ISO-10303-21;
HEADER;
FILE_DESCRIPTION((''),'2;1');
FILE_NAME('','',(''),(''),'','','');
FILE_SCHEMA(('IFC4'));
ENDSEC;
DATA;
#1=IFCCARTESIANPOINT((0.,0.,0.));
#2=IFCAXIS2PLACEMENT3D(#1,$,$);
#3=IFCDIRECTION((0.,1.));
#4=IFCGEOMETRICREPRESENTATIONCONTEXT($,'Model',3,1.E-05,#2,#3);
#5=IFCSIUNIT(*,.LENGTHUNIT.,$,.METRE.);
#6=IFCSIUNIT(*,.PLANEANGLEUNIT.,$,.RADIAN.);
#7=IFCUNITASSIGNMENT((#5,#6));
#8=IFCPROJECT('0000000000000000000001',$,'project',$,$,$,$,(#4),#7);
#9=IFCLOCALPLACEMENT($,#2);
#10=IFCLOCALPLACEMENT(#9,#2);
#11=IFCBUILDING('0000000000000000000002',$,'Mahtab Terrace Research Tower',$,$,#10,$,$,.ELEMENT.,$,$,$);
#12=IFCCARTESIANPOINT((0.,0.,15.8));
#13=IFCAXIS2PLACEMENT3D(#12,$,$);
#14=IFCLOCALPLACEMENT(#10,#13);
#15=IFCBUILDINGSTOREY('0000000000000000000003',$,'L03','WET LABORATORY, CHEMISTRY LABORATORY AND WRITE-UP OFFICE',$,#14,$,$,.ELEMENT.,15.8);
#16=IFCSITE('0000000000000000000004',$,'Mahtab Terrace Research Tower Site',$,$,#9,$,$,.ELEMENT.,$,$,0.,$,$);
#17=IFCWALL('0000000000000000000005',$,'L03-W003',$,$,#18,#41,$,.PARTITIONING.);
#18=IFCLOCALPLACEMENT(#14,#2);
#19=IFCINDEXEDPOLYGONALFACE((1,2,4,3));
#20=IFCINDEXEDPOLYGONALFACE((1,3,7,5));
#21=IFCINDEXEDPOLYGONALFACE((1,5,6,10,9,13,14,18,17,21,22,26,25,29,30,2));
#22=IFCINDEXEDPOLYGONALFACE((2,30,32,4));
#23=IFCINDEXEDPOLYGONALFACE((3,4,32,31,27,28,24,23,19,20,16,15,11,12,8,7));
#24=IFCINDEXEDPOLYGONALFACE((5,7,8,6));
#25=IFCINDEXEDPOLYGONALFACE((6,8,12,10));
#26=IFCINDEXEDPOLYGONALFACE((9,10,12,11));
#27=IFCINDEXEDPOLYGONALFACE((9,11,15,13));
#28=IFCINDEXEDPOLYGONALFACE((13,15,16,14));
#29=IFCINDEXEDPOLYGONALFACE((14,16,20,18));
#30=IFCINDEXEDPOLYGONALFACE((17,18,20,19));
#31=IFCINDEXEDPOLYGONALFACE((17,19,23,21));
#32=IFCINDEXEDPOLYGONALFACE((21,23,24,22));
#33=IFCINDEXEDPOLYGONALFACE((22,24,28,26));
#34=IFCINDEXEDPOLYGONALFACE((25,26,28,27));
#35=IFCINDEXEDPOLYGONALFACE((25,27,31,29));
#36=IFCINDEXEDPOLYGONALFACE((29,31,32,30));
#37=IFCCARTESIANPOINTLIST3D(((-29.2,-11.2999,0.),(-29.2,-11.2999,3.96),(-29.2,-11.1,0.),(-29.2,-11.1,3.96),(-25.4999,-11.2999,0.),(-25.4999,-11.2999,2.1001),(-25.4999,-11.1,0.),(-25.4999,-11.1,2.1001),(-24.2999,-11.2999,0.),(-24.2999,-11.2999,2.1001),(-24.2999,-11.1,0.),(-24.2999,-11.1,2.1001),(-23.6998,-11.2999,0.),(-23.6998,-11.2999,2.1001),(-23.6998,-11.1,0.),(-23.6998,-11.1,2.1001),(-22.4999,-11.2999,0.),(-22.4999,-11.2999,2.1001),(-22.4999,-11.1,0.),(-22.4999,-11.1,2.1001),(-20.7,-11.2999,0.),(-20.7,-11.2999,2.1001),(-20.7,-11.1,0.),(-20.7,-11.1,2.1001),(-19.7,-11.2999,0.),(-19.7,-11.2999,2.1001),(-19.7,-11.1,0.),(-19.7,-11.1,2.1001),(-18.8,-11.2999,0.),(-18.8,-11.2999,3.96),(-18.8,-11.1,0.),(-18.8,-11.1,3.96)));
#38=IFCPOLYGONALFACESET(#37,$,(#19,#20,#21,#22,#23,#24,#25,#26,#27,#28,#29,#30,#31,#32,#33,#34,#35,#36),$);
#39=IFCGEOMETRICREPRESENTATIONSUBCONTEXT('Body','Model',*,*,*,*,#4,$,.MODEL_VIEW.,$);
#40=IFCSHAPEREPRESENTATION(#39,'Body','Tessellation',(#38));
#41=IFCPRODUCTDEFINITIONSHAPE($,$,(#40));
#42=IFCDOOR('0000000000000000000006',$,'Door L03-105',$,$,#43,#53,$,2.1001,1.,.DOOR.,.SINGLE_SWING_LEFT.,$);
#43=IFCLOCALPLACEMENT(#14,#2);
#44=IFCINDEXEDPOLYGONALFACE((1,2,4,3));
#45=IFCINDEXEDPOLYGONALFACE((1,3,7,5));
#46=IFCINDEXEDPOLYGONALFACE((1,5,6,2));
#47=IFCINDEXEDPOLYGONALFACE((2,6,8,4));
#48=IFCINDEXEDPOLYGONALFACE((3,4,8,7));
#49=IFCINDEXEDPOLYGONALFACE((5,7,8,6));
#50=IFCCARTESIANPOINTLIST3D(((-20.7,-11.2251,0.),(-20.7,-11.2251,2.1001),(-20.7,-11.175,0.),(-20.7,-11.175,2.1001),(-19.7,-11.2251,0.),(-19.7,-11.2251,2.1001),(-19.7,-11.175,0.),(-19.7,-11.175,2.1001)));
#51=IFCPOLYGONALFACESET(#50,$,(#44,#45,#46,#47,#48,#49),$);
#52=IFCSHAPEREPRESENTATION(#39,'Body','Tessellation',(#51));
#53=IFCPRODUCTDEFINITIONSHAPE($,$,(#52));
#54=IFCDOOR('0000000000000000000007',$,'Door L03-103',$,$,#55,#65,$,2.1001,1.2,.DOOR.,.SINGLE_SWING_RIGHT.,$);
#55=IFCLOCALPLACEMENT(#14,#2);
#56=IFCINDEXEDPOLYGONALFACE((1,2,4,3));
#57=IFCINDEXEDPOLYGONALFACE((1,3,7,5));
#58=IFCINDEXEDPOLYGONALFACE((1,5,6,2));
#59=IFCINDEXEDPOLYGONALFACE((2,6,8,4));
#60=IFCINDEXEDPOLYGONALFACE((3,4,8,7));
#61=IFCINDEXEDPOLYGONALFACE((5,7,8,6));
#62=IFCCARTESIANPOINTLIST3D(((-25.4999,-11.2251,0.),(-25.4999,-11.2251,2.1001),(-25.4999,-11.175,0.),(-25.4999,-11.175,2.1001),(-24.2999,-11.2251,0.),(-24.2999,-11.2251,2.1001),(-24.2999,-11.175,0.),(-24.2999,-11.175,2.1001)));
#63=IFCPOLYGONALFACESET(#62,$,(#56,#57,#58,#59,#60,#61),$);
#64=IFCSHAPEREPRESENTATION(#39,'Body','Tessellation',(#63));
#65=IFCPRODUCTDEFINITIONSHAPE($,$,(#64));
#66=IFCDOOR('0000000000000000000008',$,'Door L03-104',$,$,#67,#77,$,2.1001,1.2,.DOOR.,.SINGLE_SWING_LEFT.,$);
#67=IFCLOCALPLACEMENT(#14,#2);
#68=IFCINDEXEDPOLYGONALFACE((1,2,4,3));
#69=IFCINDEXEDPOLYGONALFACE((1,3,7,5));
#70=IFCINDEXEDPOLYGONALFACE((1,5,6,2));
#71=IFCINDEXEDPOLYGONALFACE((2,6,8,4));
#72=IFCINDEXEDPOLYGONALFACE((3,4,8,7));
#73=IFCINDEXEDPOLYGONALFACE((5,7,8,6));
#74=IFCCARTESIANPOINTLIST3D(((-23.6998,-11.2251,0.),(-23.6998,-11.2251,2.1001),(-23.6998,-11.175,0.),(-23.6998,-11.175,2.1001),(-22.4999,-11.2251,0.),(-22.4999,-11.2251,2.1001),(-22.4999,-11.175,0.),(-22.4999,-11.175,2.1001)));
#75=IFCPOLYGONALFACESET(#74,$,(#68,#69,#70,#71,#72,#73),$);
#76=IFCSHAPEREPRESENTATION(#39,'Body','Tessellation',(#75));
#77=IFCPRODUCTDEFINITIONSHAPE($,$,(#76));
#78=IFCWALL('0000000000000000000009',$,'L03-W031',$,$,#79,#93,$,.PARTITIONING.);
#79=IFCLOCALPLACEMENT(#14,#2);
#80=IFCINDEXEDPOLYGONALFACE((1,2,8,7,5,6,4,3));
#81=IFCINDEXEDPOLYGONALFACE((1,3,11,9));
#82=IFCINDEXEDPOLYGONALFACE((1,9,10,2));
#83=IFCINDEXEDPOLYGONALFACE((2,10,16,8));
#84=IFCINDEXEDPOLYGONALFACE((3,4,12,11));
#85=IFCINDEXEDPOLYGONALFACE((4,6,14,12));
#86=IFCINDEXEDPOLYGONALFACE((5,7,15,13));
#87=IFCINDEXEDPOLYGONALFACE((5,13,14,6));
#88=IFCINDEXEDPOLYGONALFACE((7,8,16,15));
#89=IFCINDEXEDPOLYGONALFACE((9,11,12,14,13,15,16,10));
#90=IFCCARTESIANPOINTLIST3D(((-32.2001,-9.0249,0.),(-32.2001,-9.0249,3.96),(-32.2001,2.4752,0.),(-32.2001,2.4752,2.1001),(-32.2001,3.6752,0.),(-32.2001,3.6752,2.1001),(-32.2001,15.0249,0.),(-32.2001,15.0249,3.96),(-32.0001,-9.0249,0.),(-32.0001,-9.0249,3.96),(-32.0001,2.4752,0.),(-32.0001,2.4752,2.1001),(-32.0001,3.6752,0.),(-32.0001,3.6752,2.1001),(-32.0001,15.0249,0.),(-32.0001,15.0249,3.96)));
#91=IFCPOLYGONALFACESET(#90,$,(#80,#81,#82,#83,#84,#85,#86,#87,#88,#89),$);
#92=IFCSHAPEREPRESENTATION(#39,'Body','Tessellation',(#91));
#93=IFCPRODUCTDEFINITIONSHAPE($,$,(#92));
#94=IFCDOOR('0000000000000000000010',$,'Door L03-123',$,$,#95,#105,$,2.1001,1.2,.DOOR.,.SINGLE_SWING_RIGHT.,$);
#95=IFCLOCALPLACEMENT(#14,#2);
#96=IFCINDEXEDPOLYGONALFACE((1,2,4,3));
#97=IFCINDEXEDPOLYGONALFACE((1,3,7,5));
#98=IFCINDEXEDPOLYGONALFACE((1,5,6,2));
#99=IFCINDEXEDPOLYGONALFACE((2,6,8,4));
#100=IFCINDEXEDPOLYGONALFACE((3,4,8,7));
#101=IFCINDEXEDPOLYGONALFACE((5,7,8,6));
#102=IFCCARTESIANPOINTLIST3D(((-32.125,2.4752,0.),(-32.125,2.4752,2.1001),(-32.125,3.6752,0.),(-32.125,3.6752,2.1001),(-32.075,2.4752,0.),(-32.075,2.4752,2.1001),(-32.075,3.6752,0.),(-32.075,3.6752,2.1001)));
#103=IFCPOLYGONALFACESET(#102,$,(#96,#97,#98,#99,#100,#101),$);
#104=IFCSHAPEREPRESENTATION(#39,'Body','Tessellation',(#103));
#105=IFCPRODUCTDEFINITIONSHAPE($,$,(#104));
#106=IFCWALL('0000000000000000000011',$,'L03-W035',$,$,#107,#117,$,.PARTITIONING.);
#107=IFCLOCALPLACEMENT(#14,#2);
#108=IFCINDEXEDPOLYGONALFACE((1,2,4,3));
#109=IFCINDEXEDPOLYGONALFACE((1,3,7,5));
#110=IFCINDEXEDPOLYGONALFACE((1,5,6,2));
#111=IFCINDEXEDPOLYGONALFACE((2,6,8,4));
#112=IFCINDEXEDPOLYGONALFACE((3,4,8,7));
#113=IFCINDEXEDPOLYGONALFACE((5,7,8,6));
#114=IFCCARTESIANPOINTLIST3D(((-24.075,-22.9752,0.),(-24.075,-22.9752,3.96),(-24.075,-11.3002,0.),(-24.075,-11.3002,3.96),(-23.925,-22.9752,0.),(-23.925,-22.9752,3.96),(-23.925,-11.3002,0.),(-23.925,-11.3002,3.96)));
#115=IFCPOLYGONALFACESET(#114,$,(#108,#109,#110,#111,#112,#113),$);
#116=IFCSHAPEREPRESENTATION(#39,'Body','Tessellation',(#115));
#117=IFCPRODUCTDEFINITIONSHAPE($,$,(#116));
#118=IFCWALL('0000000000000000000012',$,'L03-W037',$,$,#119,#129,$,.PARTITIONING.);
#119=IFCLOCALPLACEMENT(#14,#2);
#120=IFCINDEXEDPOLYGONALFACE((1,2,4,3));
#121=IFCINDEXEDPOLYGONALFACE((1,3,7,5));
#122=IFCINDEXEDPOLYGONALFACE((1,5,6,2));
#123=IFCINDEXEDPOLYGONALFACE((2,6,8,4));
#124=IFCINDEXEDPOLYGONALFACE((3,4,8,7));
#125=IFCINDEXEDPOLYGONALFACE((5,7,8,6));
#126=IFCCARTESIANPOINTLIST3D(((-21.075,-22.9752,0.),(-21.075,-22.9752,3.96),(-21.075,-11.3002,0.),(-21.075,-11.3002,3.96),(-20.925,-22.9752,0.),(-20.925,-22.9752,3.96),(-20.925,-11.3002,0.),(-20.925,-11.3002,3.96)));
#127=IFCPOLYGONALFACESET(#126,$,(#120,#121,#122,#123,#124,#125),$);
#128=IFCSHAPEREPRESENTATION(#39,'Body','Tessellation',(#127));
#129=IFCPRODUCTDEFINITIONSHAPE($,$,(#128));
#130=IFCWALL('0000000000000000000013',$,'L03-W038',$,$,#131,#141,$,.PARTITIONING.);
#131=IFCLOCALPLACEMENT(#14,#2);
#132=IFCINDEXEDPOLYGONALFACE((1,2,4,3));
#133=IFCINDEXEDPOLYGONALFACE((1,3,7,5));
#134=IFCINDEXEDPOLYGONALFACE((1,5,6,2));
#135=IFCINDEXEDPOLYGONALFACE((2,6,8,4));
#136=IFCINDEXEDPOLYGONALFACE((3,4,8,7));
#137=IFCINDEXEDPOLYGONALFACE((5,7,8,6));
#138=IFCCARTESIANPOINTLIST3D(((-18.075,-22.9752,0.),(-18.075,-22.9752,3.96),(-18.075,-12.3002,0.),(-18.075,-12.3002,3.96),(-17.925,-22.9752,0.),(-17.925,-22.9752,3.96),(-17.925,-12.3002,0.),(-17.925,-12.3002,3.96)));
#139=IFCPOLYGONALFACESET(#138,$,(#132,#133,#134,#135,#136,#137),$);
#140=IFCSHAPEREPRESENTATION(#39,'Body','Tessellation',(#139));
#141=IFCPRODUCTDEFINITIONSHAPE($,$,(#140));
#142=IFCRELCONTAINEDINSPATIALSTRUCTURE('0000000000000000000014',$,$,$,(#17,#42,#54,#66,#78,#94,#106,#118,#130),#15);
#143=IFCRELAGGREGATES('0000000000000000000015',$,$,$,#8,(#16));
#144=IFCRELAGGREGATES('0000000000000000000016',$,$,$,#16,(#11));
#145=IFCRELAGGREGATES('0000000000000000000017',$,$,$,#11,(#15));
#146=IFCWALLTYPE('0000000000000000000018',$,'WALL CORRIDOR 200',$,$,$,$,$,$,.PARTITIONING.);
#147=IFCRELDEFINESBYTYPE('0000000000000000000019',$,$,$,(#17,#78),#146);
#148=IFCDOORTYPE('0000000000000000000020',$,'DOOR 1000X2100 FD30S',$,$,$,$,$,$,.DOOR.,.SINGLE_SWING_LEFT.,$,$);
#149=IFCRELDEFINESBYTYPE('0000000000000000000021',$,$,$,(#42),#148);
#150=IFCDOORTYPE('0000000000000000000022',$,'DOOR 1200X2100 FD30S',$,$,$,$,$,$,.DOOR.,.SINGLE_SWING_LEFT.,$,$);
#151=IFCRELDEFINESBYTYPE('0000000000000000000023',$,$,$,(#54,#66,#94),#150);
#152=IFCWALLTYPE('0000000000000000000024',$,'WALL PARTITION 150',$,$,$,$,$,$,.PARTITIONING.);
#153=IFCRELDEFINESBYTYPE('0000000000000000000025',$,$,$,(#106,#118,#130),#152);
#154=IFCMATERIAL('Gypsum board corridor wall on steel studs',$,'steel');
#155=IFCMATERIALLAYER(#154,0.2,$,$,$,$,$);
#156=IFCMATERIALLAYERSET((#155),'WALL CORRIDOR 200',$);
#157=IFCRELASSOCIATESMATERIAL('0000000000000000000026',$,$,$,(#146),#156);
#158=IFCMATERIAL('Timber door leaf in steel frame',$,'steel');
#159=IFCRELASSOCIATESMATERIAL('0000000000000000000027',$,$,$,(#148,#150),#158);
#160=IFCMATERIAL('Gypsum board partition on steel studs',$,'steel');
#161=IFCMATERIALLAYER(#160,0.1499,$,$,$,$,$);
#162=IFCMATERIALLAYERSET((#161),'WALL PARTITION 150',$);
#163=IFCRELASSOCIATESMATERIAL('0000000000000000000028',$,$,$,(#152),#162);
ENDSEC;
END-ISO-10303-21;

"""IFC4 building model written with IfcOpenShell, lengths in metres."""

from ifc_helpers import new_model, si_unit, direction, frame, frame_2d, origin, place, context, subcontext, project, spatial, rectangle, extrude, material, layer, layer_set, type_object, element, fill, save


model = new_model("IFC4")

# Units and contexts
model_context = context("Model", 3, precision=1e-05, world=origin(), true_north=direction((0.0, 1.0)))
body_context = subcontext(model_context, "Body", "Model", "MODEL_VIEW")
ifc_project = project(units=[si_unit("LENGTHUNIT", "METRE"), si_unit("PLANEANGLEUNIT", "RADIAN")], contexts=[model_context])

# Site, building, storey
site_placement = place(None, origin())
site = spatial("IfcSite", under=ifc_project, at=site_placement, Name="Mahtab Terrace Research Tower Site", CompositionType="ELEMENT", RefElevation=0.0)
building_placement = place(site_placement, origin())
building = spatial("IfcBuilding", under=site, at=building_placement, Name="Mahtab Terrace Research Tower", CompositionType="ELEMENT")
storey_placement = place(building_placement, frame((0.0, 0.0, 15.8)))
storey = spatial("IfcBuildingStorey", under=building, at=storey_placement, Name="L03", Description="WET LABORATORY, CHEMISTRY LABORATORY AND WRITE-UP OFFICE", CompositionType="ELEMENT", Elevation=15.8)

# Wall, openings, doors
ifc_material_1 = material(Name="Gypsum board corridor wall on steel studs", Category="steel")
ifc_layer_1 = layer(ifc_material_1, 0.2)
ifc_layer_set_1 = layer_set([ifc_layer_1], Name="WALL CORRIDOR 200")
wall_type_1 = type_object("IfcWallType", Name="WALL CORRIDOR 200", PredefinedType="PARTITIONING", material=ifc_layer_set_1)
wall_1_placement = place(storey_placement, frame((-29.2, -11.2, 0.0), z_axis=(0.0, 0.0, 1.0), x_axis=(1.0, 0.0, 0.0)))
wall_1 = element("IfcWall", 1, at=wall_1_placement, inside=storey, type_object=wall_type_1, Name="L03-W003", PredefinedType="PARTITIONING", context=body_context, shape_type="SweptSolid", body=[
    extrude(rectangle(XDim=10.3999, YDim=0.2, at=frame_2d((5.2, 0.0))), origin(), (0.0, 0.0, 1.0), 3.96),
])
opening_1_placement = place(wall_1_placement, frame((3.7, 0.0, 0.0)))
opening_1 = element("IfcOpeningElement", 2, at=opening_1_placement, cuts=wall_1, PredefinedType="OPENING", context=body_context, shape_type="SweptSolid", body=[
    extrude(rectangle(XDim=1.2, YDim=2.1001, at=frame_2d((0.6001, 1.05))), frame((0.0, 0.1099, 0.0), z_axis=(0.0, -1.0, 0.0), x_axis=(1.0, 0.0, 0.0)), (0.0, 0.0, 1.0), 0.22),
])
opening_2_placement = place(wall_1_placement, frame((5.5, 0.0, 0.0)))
opening_2 = element("IfcOpeningElement", 3, at=opening_2_placement, cuts=wall_1, PredefinedType="OPENING", context=body_context, shape_type="SweptSolid", body=[
    extrude(rectangle(XDim=1.2, YDim=2.1001, at=frame_2d((0.6001, 1.05))), frame((0.0, 0.1099, 0.0), z_axis=(0.0, -1.0, 0.0), x_axis=(1.0, 0.0, 0.0)), (0.0, 0.0, 1.0), 0.22),
])
opening_3_placement = place(wall_1_placement, frame((8.5, 0.0, 0.0)))
opening_3 = element("IfcOpeningElement", 4, at=opening_3_placement, cuts=wall_1, PredefinedType="OPENING", context=body_context, shape_type="SweptSolid", body=[
    extrude(rectangle(XDim=1.0, YDim=2.1001, at=frame_2d((0.5, 1.05))), frame((0.0, 0.1099, 0.0), z_axis=(0.0, -1.0, 0.0), x_axis=(1.0, 0.0, 0.0)), (0.0, 0.0, 1.0), 0.22),
])
ifc_material_2 = material(Name="Timber door leaf in steel frame", Category="steel")
door_type_1 = type_object("IfcDoorType", Name="DOOR 1000X2100 FD30S", OperationType="SINGLE_SWING_LEFT", PredefinedType="DOOR", material=ifc_material_2)
door_1_placement = place(opening_3_placement, origin())
door_1 = element("IfcDoor", 5, at=door_1_placement, inside=storey, type_object=door_type_1, Name="Door L03-105", OperationType="SINGLE_SWING_LEFT", OverallHeight=2.1001, OverallWidth=1.0, PredefinedType="DOOR", context=body_context, shape_type="SweptSolid", body=[
    extrude(rectangle(XDim=1.0, YDim=2.1001, at=frame_2d((0.5, 1.05))), frame((0.0, 0.0249, 0.0), z_axis=(0.0, -1.0, 0.0), x_axis=(1.0, 0.0, 0.0)), (0.0, 0.0, 1.0), 0.05),
])
fill(opening_3, door_1)
door_type_2 = type_object("IfcDoorType", Name="DOOR 1200X2100 FD30S", OperationType="SINGLE_SWING_LEFT", PredefinedType="DOOR", material=ifc_material_2)
door_2_placement = place(opening_1_placement, origin())
door_2 = element("IfcDoor", 6, at=door_2_placement, inside=storey, type_object=door_type_2, Name="Door L03-103", OperationType="SINGLE_SWING_RIGHT", OverallHeight=2.1001, OverallWidth=1.2, PredefinedType="DOOR", context=body_context, shape_type="SweptSolid", body=[
    extrude(rectangle(XDim=1.2, YDim=2.1001, at=frame_2d((0.6001, 1.05))), frame((0.0, 0.0249, 0.0), z_axis=(0.0, -1.0, 0.0), x_axis=(1.0, 0.0, 0.0)), (0.0, 0.0, 1.0), 0.05),
])
fill(opening_1, door_2)
door_3_placement = place(opening_2_placement, origin())
door_3 = element("IfcDoor", 7, at=door_3_placement, inside=storey, type_object=door_type_2, Name="Door L03-104", OperationType="SINGLE_SWING_LEFT", OverallHeight=2.1001, OverallWidth=1.2, PredefinedType="DOOR", context=body_context, shape_type="SweptSolid", body=[
    extrude(rectangle(XDim=1.2, YDim=2.1001, at=frame_2d((0.6001, 1.05))), frame((0.0, 0.0249, 0.0), z_axis=(0.0, -1.0, 0.0), x_axis=(1.0, 0.0, 0.0)), (0.0, 0.0, 1.0), 0.05),
])
fill(opening_2, door_3)

# Wall, opening, door
wall_2_placement = place(storey_placement, frame((-32.1001, -9.0249, 0.0), z_axis=(0.0, 0.0, 1.0), x_axis=(0.0, 1.0, 0.0)))
wall_2 = element("IfcWall", 8, at=wall_2_placement, inside=storey, type_object=wall_type_1, Name="L03-W031", PredefinedType="PARTITIONING", context=body_context, shape_type="SweptSolid", body=[
    extrude(rectangle(XDim=24.0498, YDim=0.2, at=frame_2d((12.0249, 0.0))), origin(), (0.0, 0.0, 1.0), 3.96),
])
opening_4_placement = place(wall_2_placement, frame((11.5, 0.0, 0.0)))
opening_4 = element("IfcOpeningElement", 9, at=opening_4_placement, cuts=wall_2, PredefinedType="OPENING", context=body_context, shape_type="SweptSolid", body=[
    extrude(rectangle(XDim=1.2, YDim=2.1001, at=frame_2d((0.6001, 1.05))), frame((0.0, 0.1099, 0.0), z_axis=(0.0, -1.0, 0.0), x_axis=(1.0, 0.0, 0.0)), (0.0, 0.0, 1.0), 0.22),
])
door_4_placement = place(opening_4_placement, origin())
door_4 = element("IfcDoor", 10, at=door_4_placement, inside=storey, type_object=door_type_2, Name="Door L03-123", OperationType="SINGLE_SWING_RIGHT", OverallHeight=2.1001, OverallWidth=1.2, PredefinedType="DOOR", context=body_context, shape_type="SweptSolid", body=[
    extrude(rectangle(XDim=1.2, YDim=2.1001, at=frame_2d((0.6001, 1.05))), frame((0.0, 0.0249, 0.0), z_axis=(0.0, -1.0, 0.0), x_axis=(1.0, 0.0, 0.0)), (0.0, 0.0, 1.0), 0.05),
])
fill(opening_4, door_4)

# Walls
ifc_material_3 = material(Name="Gypsum board partition on steel studs", Category="steel")
ifc_layer_2 = layer(ifc_material_3, 0.1499)
ifc_layer_set_2 = layer_set([ifc_layer_2], Name="WALL PARTITION 150")
wall_type_2 = type_object("IfcWallType", Name="WALL PARTITION 150", PredefinedType="PARTITIONING", material=ifc_layer_set_2)
for number, where, z_axis, x_axis, name in (
    (11, (-24.0, -22.9751, 0.0), (0.0, 0.0, 1.0), (0.0, 1.0, 0.0), "L03-W035"),
    (12, (-21.0, -22.9751, 0.0), (0.0, 0.0, 1.0), (0.0, 1.0, 0.0), "L03-W037"),
):
    element("IfcWall", number, at=place(storey_placement, frame(where, z_axis=z_axis, x_axis=x_axis)), inside=storey, type_object=wall_type_2, Name=name, PredefinedType="PARTITIONING", context=body_context, shape_type="SweptSolid", body=[
        extrude(rectangle(XDim=11.675, YDim=0.1499, at=frame_2d((5.8374, 0.0))), origin(), (0.0, 0.0, 1.0), 3.96),
    ])
wall_3_placement = place(storey_placement, frame((-18.0, -22.9751, 0.0), z_axis=(0.0, 0.0, 1.0), x_axis=(0.0, 1.0, 0.0)))
element("IfcWall", 13, at=wall_3_placement, inside=storey, type_object=wall_type_2, Name="L03-W038", PredefinedType="PARTITIONING", context=body_context, shape_type="SweptSolid", body=[
    extrude(rectangle(XDim=10.675, YDim=0.1499, at=frame_2d((5.3374, 0.0))), origin(), (0.0, 0.0, 1.0), 3.96),
])

save(model, "model.ifc")
